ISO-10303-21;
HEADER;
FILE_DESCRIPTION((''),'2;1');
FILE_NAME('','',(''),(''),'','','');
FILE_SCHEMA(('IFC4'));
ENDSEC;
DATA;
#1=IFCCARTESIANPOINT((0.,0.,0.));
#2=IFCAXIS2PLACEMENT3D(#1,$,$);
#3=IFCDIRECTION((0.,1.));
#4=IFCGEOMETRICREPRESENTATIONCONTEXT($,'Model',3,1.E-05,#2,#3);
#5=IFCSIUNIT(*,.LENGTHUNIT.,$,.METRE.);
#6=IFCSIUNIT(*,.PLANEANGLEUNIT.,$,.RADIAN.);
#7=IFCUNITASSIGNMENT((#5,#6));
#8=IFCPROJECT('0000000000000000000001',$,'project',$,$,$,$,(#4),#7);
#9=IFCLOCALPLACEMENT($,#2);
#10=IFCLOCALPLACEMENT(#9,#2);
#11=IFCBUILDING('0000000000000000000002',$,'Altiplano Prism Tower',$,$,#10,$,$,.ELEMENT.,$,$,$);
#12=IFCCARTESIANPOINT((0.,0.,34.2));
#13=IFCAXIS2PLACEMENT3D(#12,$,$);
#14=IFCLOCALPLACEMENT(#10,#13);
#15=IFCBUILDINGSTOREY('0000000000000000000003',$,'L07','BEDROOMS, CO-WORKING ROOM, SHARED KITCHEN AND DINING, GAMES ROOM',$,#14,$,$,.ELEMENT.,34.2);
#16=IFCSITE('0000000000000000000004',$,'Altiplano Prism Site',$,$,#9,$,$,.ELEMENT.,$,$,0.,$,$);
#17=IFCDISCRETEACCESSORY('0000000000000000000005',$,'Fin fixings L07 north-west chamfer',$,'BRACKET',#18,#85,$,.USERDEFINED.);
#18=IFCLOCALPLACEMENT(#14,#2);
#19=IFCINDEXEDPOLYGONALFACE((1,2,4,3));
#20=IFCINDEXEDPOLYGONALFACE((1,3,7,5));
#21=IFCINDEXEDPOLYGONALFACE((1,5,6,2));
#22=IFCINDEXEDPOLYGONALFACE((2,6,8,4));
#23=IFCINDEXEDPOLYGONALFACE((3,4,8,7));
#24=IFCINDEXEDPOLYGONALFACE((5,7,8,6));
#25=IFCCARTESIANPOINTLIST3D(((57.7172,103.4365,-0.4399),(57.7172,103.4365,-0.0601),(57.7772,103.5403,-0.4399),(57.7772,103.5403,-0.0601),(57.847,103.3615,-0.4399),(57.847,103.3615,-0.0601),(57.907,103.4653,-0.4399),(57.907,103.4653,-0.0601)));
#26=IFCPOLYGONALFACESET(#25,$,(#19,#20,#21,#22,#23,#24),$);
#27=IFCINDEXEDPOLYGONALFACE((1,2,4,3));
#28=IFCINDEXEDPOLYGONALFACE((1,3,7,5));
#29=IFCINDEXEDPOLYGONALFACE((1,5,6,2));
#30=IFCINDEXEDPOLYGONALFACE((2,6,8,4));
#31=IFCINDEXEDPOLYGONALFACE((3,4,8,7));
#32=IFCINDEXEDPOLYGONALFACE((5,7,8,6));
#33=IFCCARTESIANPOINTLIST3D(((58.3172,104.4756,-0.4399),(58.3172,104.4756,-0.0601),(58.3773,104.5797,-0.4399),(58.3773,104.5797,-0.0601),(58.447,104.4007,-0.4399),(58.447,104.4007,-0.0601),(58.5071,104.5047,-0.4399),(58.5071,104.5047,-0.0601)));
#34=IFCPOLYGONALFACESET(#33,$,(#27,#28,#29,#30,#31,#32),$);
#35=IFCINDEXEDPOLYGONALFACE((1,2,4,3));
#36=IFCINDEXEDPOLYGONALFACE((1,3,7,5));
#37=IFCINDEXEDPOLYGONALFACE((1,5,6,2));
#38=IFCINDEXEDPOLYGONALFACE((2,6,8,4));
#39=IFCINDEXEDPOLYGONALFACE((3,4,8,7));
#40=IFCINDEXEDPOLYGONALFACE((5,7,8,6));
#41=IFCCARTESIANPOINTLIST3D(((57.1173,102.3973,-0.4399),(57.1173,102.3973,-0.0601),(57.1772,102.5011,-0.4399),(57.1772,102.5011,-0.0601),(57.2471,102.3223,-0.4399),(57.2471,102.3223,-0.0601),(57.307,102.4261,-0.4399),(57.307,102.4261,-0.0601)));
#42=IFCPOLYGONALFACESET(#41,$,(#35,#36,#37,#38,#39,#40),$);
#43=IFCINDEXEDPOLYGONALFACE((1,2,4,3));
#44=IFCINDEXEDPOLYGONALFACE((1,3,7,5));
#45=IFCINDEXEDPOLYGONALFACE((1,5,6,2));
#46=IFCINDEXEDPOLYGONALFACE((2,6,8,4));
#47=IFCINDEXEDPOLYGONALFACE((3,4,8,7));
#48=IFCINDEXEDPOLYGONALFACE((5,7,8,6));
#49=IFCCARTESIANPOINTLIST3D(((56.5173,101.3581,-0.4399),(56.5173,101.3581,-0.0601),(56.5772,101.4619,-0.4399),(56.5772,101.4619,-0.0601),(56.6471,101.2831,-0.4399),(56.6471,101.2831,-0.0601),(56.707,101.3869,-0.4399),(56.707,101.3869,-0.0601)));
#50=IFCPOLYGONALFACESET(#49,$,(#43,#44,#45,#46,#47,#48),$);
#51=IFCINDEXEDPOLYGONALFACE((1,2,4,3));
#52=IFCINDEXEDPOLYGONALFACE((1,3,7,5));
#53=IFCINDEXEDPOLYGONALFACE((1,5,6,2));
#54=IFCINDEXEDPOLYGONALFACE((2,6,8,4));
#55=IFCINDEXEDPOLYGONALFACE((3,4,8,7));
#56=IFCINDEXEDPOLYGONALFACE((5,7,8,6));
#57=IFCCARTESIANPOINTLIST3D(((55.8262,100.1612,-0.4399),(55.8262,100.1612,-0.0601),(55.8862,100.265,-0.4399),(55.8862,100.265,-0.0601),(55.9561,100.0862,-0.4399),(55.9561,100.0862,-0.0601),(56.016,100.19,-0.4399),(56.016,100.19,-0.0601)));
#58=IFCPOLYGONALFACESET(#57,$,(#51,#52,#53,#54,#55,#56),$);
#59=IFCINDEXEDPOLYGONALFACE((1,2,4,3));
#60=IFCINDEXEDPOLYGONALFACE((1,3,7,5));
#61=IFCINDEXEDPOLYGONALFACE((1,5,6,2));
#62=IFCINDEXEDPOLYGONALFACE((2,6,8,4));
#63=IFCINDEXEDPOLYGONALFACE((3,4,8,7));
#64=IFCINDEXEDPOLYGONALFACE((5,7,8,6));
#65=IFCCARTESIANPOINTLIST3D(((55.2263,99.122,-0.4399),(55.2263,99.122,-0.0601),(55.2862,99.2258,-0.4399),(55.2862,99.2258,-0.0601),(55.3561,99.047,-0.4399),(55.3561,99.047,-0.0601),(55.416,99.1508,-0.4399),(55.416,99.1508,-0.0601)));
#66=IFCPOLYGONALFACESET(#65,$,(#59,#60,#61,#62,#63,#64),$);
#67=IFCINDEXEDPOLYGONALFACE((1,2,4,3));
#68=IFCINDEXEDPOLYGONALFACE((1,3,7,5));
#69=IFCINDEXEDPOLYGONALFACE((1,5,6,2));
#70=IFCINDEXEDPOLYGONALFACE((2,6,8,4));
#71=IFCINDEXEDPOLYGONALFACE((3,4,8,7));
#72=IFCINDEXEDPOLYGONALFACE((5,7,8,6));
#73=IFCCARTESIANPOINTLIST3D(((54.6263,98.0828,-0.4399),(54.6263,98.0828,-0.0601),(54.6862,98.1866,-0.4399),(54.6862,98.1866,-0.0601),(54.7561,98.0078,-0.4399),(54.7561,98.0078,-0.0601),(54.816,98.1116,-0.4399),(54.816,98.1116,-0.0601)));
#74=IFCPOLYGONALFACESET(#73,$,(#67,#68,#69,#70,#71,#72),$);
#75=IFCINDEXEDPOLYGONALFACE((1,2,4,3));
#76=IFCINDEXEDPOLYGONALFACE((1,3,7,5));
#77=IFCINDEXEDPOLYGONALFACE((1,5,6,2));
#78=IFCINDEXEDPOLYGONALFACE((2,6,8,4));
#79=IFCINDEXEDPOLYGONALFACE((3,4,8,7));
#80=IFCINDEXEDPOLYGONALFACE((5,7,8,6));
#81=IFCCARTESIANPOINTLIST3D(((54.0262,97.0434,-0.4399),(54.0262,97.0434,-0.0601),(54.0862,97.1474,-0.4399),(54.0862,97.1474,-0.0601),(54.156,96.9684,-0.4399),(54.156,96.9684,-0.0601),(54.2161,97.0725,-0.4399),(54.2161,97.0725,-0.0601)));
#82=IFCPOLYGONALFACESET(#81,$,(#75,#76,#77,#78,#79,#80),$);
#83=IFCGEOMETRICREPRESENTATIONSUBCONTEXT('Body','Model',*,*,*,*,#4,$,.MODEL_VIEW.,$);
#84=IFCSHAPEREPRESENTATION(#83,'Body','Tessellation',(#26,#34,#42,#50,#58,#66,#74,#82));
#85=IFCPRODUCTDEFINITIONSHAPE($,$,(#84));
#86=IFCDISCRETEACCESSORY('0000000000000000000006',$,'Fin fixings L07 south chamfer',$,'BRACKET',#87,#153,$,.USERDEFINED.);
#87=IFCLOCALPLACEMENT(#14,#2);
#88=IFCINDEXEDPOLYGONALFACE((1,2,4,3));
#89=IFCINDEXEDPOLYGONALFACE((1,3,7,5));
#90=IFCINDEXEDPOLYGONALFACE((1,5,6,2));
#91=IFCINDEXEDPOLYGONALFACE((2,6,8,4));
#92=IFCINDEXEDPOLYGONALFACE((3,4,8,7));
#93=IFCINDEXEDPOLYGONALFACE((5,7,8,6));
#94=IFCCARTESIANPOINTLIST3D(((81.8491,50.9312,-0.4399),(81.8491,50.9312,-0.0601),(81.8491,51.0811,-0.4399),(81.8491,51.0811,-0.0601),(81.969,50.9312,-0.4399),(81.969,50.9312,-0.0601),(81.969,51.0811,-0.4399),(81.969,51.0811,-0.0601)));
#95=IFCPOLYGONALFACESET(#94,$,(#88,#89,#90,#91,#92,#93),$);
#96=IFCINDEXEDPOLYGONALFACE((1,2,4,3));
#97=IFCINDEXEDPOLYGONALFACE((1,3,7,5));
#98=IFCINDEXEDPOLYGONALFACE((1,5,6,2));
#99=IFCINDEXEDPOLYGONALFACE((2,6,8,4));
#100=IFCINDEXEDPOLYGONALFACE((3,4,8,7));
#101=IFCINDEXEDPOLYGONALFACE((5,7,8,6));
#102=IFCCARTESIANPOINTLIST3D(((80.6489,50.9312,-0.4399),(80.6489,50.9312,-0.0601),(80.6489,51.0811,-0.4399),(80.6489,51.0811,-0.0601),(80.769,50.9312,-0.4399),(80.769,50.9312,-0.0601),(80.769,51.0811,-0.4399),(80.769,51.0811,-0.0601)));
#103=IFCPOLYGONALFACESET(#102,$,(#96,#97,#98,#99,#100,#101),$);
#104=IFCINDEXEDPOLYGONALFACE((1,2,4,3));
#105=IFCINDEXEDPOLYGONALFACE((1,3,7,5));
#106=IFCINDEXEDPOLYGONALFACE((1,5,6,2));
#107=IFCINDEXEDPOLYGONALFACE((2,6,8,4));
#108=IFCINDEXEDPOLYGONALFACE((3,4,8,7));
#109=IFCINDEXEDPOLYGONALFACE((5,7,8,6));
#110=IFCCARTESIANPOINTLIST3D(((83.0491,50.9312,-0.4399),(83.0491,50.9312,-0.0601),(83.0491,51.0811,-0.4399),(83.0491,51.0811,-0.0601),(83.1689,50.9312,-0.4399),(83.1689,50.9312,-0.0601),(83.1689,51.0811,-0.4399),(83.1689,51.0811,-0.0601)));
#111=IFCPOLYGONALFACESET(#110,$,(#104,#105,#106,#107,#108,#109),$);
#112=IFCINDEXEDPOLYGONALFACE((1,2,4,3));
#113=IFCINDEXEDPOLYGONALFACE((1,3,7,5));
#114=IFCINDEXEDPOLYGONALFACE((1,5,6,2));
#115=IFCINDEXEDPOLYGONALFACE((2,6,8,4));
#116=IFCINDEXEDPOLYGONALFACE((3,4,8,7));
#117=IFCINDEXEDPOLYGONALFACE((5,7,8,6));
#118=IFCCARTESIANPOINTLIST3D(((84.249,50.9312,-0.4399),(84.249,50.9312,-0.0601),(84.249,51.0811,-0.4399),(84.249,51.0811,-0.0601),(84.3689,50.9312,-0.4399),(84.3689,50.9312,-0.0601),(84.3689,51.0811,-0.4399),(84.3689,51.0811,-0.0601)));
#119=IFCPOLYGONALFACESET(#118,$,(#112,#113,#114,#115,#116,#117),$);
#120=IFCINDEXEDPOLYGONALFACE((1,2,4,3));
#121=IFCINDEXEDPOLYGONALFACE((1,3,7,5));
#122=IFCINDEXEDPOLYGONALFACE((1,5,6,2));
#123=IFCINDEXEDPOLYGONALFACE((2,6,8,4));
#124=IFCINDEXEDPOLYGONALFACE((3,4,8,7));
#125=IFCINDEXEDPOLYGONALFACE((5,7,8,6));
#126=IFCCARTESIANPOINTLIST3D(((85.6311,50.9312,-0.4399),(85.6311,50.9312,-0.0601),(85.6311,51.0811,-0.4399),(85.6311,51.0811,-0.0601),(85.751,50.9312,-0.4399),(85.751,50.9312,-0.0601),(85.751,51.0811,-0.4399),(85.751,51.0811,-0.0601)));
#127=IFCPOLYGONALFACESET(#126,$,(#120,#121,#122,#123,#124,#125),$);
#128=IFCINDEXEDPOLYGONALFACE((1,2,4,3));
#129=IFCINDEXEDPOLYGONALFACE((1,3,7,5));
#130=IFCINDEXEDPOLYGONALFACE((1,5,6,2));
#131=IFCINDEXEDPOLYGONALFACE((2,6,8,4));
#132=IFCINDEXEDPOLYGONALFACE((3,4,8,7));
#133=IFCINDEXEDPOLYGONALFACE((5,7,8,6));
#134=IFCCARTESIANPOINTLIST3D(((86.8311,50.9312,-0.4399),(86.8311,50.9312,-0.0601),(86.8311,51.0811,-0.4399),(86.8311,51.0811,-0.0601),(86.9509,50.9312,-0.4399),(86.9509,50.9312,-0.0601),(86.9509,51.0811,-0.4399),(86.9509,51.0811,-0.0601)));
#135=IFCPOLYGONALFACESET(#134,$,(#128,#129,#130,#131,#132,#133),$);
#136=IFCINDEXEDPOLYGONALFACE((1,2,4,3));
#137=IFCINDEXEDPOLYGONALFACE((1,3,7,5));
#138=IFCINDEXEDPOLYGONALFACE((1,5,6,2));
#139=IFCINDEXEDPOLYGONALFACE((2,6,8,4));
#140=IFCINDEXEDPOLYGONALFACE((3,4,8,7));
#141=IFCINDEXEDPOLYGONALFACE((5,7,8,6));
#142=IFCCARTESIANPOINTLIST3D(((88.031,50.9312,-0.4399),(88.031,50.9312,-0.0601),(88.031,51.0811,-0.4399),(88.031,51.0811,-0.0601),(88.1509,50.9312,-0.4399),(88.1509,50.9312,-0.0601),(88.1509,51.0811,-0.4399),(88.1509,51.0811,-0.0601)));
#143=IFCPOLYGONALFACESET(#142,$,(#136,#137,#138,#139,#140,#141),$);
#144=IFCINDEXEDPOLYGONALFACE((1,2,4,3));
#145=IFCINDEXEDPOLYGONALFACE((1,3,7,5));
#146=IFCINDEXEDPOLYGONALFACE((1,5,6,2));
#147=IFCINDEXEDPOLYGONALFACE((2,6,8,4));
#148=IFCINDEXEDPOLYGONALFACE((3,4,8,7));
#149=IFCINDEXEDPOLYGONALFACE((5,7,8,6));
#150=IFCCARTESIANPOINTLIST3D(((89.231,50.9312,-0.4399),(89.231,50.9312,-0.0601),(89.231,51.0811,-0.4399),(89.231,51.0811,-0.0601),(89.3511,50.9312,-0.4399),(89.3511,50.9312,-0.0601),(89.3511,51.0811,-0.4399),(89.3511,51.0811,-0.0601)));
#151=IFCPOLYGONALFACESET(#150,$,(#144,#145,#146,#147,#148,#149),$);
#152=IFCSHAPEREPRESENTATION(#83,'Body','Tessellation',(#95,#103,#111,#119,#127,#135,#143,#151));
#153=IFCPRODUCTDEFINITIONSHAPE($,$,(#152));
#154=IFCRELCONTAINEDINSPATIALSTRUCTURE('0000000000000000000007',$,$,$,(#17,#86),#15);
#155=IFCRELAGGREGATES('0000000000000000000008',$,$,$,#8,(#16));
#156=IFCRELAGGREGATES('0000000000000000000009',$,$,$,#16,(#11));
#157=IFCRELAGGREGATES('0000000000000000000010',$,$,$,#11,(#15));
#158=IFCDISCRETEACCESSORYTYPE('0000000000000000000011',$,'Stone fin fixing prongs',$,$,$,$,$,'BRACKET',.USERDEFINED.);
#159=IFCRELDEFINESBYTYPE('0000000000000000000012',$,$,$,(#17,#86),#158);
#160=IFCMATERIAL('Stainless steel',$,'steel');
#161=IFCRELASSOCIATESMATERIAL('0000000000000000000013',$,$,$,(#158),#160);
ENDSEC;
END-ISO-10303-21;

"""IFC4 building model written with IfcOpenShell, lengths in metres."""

from ifc_helpers import new_model, si_unit, direction, frame, origin, place, context, subcontext, project, spatial, polyline, outline, extrude, source, transform, mapped, material, type_object, element, save


model = new_model("IFC4")

# Units and contexts
model_context = context("Model", 3, precision=1e-05, world=origin(), true_north=direction((0.0, 1.0)))
body_context = subcontext(model_context, "Body", "Model", "MODEL_VIEW")
ifc_project = project(units=[si_unit("LENGTHUNIT", "METRE"), si_unit("PLANEANGLEUNIT", "RADIAN")], contexts=[model_context])

# Site, building, storey
site_placement = place(None, origin())
site = spatial("IfcSite", under=ifc_project, at=site_placement, Name="Altiplano Prism Site", CompositionType="ELEMENT", RefElevation=0.0)
building_placement = place(site_placement, origin())
building = spatial("IfcBuilding", under=site, at=building_placement, Name="Altiplano Prism Tower", CompositionType="ELEMENT")
storey_placement = place(building_placement, frame((0.0, 0.0, 34.2)))
storey = spatial("IfcBuildingStorey", under=building, at=storey_placement, Name="L07", Description="BEDROOMS, CO-WORKING ROOM, SHARED KITCHEN AND DINING, GAMES ROOM", CompositionType="ELEMENT", Elevation=34.2)

# Discrete accessories
ifc_material_1 = material(Name="Stainless steel", Category="steel")
discrete_accessory_type = type_object("IfcDiscreteAccessoryType", Name="Stone fin fixing prongs", ElementType="BRACKET", PredefinedType="USERDEFINED", material=ifc_material_1)
shared_shape_1 = source(origin(), body_context, "Body", "SweptSolid", [
    extrude(outline(polyline([(-3.1509, 0.0601), (-3.031, 0.0601), (-3.031, 0.4399), (-3.1509, 0.4399), (-3.1509, 0.0601)])), frame((0.0, 0.0, 0.0), z_axis=(0.0, -1.0, 0.0), x_axis=(1.0, 0.0, 0.0)), (0.0, 0.0, 1.0), 0.1499),
    extrude(outline(polyline([(-4.3511, 0.0601), (-4.231, 0.0601), (-4.231, 0.4399), (-4.3511, 0.4399), (-4.3511, 0.0601)])), frame((0.0, 0.0, 0.0), z_axis=(0.0, -1.0, 0.0), x_axis=(1.0, 0.0, 0.0)), (0.0, 0.0, 1.0), 0.1499),
    extrude(outline(polyline([(-1.9509, 0.0601), (-1.8311, 0.0601), (-1.8311, 0.4399), (-1.9509, 0.4399), (-1.9509, 0.0601)])), frame((0.0, 0.0, 0.0), z_axis=(0.0, -1.0, 0.0), x_axis=(1.0, 0.0, 0.0)), (0.0, 0.0, 1.0), 0.1499),
    extrude(outline(polyline([(-0.751, 0.0601), (-0.6311, 0.0601), (-0.6311, 0.4399), (-0.751, 0.4399), (-0.751, 0.0601)])), frame((0.0, 0.0, 0.0), z_axis=(0.0, -1.0, 0.0), x_axis=(1.0, 0.0, 0.0)), (0.0, 0.0, 1.0), 0.1499),
    extrude(outline(polyline([(0.6311, 0.0601), (0.751, 0.0601), (0.751, 0.4399), (0.6311, 0.4399), (0.6311, 0.0601)])), frame((0.0, 0.0, 0.0), z_axis=(0.0, -1.0, 0.0), x_axis=(1.0, 0.0, 0.0)), (0.0, 0.0, 1.0), 0.1499),
    extrude(outline(polyline([(1.8311, 0.0601), (1.9509, 0.0601), (1.9509, 0.4399), (1.8311, 0.4399), (1.8311, 0.0601)])), frame((0.0, 0.0, 0.0), z_axis=(0.0, -1.0, 0.0), x_axis=(1.0, 0.0, 0.0)), (0.0, 0.0, 1.0), 0.1499),
    extrude(outline(polyline([(3.031, 0.0601), (3.1509, 0.0601), (3.1509, 0.4399), (3.031, 0.4399), (3.031, 0.0601)])), frame((0.0, 0.0, 0.0), z_axis=(0.0, -1.0, 0.0), x_axis=(1.0, 0.0, 0.0)), (0.0, 0.0, 1.0), 0.1499),
    extrude(outline(polyline([(4.231, 0.0601), (4.3511, 0.0601), (4.3511, 0.4399), (4.231, 0.4399), (4.231, 0.0601)])), frame((0.0, 0.0, 0.0), z_axis=(0.0, -1.0, 0.0), x_axis=(1.0, 0.0, 0.0)), (0.0, 0.0, 1.0), 0.1499),
])
discrete_accessory_1_placement = place(storey_placement, origin())
element("IfcDiscreteAccessory", 1, at=discrete_accessory_1_placement, inside=storey, type_object=discrete_accessory_type, Name="Fin fixings L07 north-west chamfer", ObjectType="BRACKET", PredefinedType="USERDEFINED", context=body_context, shape_type="MappedRepresentation", body=[
    mapped(shared_shape_1, transform((56.3315, 100.7366, -0.5), x_axis=(-0.5, -0.866025, 0.0), y_axis=(0.866025, -0.5, 0.0), z_axis=(0.0, 0.0, 1.0))),
])
discrete_accessory_2_placement = place(storey_placement, origin())
element("IfcDiscreteAccessory", 2, at=discrete_accessory_2_placement, inside=storey, type_object=discrete_accessory_type, Name="Fin fixings L07 south chamfer", ObjectType="BRACKET", PredefinedType="USERDEFINED", context=body_context, shape_type="MappedRepresentation", body=[
    mapped(shared_shape_1, transform((85.0, 51.0811, -0.5), x_axis=(1.0, 0.0, 0.0), y_axis=(0.0, 1.0, 0.0), z_axis=(0.0, 0.0, 1.0))),
])

save(model, "model.ifc")
